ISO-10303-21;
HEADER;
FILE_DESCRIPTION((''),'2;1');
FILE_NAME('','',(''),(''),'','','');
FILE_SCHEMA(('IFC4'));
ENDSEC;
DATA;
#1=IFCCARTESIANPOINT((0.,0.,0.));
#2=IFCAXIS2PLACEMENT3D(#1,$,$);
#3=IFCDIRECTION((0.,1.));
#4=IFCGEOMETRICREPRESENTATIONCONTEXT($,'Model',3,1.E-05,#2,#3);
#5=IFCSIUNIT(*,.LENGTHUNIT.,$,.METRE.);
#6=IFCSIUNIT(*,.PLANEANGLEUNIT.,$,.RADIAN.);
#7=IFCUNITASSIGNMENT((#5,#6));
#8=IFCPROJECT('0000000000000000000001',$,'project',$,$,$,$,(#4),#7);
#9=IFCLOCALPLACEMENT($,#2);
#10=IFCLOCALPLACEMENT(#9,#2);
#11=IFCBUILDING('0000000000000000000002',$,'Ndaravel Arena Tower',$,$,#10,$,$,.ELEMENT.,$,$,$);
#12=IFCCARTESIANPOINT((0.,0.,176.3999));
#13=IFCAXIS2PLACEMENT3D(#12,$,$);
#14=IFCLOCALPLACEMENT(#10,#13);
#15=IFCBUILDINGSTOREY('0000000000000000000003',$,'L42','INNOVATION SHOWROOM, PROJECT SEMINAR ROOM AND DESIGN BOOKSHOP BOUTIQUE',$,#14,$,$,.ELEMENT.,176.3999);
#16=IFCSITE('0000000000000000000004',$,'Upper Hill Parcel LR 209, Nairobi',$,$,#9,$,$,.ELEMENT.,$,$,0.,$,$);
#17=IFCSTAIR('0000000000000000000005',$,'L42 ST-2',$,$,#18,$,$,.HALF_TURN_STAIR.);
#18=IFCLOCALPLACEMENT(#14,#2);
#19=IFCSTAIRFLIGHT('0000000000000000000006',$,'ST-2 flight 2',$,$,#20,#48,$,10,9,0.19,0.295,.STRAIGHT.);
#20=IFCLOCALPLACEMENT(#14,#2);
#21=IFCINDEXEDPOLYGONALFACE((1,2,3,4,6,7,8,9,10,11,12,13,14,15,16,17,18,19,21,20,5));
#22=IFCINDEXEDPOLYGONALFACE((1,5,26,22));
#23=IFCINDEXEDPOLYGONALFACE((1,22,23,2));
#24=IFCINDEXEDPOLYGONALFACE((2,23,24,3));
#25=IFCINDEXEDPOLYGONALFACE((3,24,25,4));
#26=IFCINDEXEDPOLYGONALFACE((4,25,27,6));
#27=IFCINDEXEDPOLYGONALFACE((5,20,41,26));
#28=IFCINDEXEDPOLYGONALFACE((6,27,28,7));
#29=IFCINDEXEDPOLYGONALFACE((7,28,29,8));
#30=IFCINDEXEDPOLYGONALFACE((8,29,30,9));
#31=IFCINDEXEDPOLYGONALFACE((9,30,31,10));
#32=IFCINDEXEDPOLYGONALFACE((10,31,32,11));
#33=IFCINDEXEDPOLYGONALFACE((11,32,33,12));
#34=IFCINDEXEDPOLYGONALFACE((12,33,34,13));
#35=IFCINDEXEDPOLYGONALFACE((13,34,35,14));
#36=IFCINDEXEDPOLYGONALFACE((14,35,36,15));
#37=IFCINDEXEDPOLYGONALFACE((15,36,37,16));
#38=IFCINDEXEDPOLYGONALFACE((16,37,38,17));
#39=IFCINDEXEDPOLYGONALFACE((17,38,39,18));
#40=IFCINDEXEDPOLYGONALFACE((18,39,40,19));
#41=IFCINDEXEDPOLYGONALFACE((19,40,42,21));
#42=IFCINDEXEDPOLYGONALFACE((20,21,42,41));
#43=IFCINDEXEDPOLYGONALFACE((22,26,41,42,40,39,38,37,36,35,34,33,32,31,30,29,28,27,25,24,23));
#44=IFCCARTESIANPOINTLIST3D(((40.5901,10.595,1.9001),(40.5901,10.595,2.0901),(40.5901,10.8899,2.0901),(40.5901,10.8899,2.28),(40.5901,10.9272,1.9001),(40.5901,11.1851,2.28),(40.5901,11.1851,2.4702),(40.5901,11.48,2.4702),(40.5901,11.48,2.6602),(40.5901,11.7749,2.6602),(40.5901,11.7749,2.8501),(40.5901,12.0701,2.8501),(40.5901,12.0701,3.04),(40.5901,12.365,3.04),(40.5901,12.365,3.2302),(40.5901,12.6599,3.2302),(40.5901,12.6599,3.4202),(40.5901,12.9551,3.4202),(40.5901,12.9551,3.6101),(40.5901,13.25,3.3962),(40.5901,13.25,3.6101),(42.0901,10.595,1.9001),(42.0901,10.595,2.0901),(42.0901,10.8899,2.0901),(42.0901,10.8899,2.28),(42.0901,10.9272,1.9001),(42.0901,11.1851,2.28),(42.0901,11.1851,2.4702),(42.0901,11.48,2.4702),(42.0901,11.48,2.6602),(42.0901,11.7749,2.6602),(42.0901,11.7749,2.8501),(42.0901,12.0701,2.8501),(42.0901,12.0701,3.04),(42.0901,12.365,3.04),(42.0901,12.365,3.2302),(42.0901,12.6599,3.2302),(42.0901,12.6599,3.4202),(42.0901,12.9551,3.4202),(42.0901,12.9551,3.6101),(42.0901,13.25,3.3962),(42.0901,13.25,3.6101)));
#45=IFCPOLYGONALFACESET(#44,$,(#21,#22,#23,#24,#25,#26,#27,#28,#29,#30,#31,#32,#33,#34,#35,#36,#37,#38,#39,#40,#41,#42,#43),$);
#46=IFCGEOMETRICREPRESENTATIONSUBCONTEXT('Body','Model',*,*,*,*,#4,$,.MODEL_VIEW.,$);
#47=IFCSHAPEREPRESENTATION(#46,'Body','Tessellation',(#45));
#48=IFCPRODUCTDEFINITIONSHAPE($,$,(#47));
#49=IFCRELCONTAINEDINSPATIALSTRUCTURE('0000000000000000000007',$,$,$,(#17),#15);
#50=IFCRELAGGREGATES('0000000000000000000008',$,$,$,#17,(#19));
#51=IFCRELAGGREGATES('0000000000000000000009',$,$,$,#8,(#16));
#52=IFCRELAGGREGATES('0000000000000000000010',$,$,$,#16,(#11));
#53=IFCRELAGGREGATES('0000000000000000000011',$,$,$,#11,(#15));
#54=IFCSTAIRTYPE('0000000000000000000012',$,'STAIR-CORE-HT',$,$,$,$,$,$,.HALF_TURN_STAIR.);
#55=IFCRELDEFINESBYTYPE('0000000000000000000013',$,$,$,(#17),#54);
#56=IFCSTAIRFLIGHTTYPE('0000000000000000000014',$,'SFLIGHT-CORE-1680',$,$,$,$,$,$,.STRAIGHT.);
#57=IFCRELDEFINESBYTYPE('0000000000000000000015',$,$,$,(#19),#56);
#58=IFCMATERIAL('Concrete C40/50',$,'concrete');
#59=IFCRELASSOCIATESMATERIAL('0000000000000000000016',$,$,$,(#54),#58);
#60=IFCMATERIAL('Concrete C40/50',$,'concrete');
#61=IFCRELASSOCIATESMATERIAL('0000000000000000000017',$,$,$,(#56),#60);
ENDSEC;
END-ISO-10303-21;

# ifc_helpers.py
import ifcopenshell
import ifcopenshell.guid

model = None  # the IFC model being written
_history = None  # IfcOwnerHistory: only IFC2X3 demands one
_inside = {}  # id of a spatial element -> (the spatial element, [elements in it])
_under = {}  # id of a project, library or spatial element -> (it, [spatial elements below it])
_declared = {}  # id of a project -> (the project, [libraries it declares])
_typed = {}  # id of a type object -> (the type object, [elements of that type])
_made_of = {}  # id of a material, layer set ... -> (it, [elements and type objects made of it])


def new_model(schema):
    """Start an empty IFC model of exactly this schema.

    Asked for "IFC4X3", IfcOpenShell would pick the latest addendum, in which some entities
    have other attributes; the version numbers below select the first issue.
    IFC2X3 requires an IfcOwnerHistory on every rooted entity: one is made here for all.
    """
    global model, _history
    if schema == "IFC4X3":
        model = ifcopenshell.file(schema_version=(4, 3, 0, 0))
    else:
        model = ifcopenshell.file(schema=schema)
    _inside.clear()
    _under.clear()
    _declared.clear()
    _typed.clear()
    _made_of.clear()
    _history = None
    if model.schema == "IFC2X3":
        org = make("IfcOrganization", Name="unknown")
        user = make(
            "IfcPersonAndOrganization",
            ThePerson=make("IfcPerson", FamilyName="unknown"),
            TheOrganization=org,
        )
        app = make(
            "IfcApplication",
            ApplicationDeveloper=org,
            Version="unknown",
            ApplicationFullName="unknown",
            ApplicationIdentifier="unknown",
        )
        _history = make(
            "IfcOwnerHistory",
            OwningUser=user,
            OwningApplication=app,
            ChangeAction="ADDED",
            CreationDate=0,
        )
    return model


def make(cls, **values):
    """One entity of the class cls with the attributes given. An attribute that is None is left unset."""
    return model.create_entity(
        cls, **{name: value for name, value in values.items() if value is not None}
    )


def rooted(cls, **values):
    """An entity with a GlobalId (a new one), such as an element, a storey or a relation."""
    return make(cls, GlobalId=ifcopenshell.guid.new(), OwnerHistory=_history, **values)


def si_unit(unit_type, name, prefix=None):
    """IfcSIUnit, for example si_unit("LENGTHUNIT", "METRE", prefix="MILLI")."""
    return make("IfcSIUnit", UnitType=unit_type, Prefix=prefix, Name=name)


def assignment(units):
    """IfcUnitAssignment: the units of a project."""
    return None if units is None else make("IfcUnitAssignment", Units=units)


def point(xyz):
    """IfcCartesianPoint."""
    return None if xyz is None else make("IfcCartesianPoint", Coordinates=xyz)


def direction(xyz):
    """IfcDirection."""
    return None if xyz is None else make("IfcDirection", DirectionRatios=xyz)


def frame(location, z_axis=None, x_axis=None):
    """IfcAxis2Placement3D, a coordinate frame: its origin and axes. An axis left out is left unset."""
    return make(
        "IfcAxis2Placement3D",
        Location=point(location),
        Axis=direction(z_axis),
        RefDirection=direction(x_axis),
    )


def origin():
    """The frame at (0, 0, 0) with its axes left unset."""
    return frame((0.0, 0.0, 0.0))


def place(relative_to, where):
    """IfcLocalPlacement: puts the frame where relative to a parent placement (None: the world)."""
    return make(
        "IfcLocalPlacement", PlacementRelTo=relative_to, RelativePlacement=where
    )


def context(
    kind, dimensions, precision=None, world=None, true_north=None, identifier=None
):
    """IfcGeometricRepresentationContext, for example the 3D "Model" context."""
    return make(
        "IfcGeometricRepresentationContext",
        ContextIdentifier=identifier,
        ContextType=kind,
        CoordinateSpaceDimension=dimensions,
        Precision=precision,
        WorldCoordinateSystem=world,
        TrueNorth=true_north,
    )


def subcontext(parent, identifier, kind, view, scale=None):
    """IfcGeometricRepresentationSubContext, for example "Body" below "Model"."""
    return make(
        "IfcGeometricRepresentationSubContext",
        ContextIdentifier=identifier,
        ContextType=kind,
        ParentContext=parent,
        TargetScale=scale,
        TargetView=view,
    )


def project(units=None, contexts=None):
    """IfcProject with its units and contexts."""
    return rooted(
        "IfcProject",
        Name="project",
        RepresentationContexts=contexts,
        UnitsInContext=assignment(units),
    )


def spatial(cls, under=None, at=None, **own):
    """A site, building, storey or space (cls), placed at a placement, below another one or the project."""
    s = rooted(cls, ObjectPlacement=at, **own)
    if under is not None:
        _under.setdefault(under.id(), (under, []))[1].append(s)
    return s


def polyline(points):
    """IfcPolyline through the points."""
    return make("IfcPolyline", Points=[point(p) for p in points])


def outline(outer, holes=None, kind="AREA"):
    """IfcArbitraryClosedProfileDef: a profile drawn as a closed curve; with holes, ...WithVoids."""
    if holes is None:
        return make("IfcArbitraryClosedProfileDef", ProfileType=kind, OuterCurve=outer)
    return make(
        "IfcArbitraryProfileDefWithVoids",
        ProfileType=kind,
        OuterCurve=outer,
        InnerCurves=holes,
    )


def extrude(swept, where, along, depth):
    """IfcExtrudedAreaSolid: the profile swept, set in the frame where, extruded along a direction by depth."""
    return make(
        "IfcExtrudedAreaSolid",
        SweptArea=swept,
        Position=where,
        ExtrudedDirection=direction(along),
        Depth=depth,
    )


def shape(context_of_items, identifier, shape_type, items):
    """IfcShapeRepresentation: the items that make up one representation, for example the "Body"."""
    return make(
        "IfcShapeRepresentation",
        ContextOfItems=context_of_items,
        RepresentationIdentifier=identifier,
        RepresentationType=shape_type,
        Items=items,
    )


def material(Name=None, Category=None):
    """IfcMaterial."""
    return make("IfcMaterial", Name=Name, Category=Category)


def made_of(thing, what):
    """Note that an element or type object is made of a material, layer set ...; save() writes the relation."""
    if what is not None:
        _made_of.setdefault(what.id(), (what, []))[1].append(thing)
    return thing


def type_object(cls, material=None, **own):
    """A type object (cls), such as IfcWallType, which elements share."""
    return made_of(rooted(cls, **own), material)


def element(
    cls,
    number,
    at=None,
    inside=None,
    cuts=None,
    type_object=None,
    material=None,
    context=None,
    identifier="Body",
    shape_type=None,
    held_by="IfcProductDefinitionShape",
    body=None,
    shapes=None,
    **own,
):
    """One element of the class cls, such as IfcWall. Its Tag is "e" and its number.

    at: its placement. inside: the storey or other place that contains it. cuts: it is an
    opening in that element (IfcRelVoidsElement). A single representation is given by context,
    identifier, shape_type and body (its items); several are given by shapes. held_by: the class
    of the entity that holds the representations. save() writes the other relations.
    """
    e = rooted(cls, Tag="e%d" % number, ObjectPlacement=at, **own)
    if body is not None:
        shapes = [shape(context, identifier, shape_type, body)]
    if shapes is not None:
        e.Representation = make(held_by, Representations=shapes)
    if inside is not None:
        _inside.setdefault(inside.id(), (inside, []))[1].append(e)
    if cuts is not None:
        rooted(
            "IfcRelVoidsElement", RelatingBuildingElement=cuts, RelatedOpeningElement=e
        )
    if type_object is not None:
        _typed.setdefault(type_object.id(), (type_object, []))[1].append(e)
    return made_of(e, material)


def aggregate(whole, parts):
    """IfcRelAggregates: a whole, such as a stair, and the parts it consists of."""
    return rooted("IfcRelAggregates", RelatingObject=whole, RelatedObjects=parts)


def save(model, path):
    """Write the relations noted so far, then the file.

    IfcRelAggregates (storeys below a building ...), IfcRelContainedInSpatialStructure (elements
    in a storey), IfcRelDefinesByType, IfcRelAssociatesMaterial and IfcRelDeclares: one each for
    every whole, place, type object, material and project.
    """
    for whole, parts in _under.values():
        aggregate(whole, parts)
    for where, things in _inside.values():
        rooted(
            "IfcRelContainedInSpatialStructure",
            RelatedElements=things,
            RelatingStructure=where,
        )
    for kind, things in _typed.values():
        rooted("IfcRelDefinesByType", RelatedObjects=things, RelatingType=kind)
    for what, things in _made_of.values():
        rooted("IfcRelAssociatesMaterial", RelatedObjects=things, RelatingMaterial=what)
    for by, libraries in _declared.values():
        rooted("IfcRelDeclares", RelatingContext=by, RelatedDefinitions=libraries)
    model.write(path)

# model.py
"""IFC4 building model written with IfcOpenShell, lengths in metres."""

from ifc_helpers import new_model, si_unit, direction, frame, origin, place, context, subcontext, project, spatial, polyline, outline, extrude, material, type_object, element, aggregate, save


model = new_model("IFC4")

# Units and contexts
model_context = context("Model", 3, precision=1e-05, world=origin(), true_north=direction((0.0, 1.0)))
body_context = subcontext(model_context, "Body", "Model", "MODEL_VIEW")
ifc_project = project(units=[si_unit("LENGTHUNIT", "METRE"), si_unit("PLANEANGLEUNIT", "RADIAN")], contexts=[model_context])

# Site, building, storey
site_placement = place(None, origin())
site = spatial("IfcSite", under=ifc_project, at=site_placement, Name="Upper Hill Parcel LR 209, Nairobi", CompositionType="ELEMENT", RefElevation=0.0)
building_placement = place(site_placement, origin())
building = spatial("IfcBuilding", under=site, at=building_placement, Name="Ndaravel Arena Tower", CompositionType="ELEMENT")
storey_placement = place(building_placement, frame((0.0, 0.0, 176.3999)))
storey = spatial("IfcBuildingStorey", under=building, at=storey_placement, Name="L42", Description="INNOVATION SHOWROOM, PROJECT SEMINAR ROOM AND DESIGN BOOKSHOP BOUTIQUE", CompositionType="ELEMENT", Elevation=176.3999)

# Stair, stair flight
ifc_material_1 = material(Name="Concrete C40/50", Category="concrete")
stair_type = type_object("IfcStairType", Name="STAIR-CORE-HT", PredefinedType="HALF_TURN_STAIR", material=ifc_material_1)
stair_placement = place(storey_placement, origin())
stair = element("IfcStair", 1, at=stair_placement, inside=storey, type_object=stair_type, Name="L42 ST-2", PredefinedType="HALF_TURN_STAIR")
ifc_material_2 = material(Name="Concrete C40/50", Category="concrete")
stair_flight_type = type_object("IfcStairFlightType", Name="SFLIGHT-CORE-1680", PredefinedType="STRAIGHT", material=ifc_material_2)
stair_flight_1_placement = place(storey_placement, frame((41.3401, 10.595, 1.9001), z_axis=(0.0, 0.0, 1.0), x_axis=(0.0, 1.0, 0.0)))
stair_flight_1 = element("IfcStairFlight", 2, at=stair_flight_1_placement, type_object=stair_flight_type, Name="ST-2 flight 2", NumberOfRisers=10, NumberOfTreads=9, PredefinedType="STRAIGHT", RiserHeight=0.19, TreadLength=0.295, context=body_context, shape_type="SweptSolid", body=[
    extrude(outline(polyline([(0.0, 0.0), (0.0, 0.1899), (0.2949, 0.1899), (0.2949, 0.3799), (0.5901, 0.3799), (0.5901, 0.5701), (0.885, 0.5701), (0.885, 0.76), (1.1799, 0.76), (1.1799, 0.95), (1.4751, 0.95), (1.4751, 1.1399), (1.77, 1.1399), (1.77, 1.3301), (2.0649, 1.3301), (2.0649, 1.52), (2.3601, 1.52), (2.3601, 1.71), (2.655, 1.71), (2.655, 1.8999), (2.655, 1.4961), (0.3323, 0.0), (0.0, 0.0)])), frame((0.0, 0.75, 0.0), z_axis=(0.0, -1.0, 0.0), x_axis=(1.0, 0.0, 0.0)), (0.0, 0.0, 1.0), 1.5),
])
aggregate(stair, [stair_flight_1])

save(model, "model.ifc")
